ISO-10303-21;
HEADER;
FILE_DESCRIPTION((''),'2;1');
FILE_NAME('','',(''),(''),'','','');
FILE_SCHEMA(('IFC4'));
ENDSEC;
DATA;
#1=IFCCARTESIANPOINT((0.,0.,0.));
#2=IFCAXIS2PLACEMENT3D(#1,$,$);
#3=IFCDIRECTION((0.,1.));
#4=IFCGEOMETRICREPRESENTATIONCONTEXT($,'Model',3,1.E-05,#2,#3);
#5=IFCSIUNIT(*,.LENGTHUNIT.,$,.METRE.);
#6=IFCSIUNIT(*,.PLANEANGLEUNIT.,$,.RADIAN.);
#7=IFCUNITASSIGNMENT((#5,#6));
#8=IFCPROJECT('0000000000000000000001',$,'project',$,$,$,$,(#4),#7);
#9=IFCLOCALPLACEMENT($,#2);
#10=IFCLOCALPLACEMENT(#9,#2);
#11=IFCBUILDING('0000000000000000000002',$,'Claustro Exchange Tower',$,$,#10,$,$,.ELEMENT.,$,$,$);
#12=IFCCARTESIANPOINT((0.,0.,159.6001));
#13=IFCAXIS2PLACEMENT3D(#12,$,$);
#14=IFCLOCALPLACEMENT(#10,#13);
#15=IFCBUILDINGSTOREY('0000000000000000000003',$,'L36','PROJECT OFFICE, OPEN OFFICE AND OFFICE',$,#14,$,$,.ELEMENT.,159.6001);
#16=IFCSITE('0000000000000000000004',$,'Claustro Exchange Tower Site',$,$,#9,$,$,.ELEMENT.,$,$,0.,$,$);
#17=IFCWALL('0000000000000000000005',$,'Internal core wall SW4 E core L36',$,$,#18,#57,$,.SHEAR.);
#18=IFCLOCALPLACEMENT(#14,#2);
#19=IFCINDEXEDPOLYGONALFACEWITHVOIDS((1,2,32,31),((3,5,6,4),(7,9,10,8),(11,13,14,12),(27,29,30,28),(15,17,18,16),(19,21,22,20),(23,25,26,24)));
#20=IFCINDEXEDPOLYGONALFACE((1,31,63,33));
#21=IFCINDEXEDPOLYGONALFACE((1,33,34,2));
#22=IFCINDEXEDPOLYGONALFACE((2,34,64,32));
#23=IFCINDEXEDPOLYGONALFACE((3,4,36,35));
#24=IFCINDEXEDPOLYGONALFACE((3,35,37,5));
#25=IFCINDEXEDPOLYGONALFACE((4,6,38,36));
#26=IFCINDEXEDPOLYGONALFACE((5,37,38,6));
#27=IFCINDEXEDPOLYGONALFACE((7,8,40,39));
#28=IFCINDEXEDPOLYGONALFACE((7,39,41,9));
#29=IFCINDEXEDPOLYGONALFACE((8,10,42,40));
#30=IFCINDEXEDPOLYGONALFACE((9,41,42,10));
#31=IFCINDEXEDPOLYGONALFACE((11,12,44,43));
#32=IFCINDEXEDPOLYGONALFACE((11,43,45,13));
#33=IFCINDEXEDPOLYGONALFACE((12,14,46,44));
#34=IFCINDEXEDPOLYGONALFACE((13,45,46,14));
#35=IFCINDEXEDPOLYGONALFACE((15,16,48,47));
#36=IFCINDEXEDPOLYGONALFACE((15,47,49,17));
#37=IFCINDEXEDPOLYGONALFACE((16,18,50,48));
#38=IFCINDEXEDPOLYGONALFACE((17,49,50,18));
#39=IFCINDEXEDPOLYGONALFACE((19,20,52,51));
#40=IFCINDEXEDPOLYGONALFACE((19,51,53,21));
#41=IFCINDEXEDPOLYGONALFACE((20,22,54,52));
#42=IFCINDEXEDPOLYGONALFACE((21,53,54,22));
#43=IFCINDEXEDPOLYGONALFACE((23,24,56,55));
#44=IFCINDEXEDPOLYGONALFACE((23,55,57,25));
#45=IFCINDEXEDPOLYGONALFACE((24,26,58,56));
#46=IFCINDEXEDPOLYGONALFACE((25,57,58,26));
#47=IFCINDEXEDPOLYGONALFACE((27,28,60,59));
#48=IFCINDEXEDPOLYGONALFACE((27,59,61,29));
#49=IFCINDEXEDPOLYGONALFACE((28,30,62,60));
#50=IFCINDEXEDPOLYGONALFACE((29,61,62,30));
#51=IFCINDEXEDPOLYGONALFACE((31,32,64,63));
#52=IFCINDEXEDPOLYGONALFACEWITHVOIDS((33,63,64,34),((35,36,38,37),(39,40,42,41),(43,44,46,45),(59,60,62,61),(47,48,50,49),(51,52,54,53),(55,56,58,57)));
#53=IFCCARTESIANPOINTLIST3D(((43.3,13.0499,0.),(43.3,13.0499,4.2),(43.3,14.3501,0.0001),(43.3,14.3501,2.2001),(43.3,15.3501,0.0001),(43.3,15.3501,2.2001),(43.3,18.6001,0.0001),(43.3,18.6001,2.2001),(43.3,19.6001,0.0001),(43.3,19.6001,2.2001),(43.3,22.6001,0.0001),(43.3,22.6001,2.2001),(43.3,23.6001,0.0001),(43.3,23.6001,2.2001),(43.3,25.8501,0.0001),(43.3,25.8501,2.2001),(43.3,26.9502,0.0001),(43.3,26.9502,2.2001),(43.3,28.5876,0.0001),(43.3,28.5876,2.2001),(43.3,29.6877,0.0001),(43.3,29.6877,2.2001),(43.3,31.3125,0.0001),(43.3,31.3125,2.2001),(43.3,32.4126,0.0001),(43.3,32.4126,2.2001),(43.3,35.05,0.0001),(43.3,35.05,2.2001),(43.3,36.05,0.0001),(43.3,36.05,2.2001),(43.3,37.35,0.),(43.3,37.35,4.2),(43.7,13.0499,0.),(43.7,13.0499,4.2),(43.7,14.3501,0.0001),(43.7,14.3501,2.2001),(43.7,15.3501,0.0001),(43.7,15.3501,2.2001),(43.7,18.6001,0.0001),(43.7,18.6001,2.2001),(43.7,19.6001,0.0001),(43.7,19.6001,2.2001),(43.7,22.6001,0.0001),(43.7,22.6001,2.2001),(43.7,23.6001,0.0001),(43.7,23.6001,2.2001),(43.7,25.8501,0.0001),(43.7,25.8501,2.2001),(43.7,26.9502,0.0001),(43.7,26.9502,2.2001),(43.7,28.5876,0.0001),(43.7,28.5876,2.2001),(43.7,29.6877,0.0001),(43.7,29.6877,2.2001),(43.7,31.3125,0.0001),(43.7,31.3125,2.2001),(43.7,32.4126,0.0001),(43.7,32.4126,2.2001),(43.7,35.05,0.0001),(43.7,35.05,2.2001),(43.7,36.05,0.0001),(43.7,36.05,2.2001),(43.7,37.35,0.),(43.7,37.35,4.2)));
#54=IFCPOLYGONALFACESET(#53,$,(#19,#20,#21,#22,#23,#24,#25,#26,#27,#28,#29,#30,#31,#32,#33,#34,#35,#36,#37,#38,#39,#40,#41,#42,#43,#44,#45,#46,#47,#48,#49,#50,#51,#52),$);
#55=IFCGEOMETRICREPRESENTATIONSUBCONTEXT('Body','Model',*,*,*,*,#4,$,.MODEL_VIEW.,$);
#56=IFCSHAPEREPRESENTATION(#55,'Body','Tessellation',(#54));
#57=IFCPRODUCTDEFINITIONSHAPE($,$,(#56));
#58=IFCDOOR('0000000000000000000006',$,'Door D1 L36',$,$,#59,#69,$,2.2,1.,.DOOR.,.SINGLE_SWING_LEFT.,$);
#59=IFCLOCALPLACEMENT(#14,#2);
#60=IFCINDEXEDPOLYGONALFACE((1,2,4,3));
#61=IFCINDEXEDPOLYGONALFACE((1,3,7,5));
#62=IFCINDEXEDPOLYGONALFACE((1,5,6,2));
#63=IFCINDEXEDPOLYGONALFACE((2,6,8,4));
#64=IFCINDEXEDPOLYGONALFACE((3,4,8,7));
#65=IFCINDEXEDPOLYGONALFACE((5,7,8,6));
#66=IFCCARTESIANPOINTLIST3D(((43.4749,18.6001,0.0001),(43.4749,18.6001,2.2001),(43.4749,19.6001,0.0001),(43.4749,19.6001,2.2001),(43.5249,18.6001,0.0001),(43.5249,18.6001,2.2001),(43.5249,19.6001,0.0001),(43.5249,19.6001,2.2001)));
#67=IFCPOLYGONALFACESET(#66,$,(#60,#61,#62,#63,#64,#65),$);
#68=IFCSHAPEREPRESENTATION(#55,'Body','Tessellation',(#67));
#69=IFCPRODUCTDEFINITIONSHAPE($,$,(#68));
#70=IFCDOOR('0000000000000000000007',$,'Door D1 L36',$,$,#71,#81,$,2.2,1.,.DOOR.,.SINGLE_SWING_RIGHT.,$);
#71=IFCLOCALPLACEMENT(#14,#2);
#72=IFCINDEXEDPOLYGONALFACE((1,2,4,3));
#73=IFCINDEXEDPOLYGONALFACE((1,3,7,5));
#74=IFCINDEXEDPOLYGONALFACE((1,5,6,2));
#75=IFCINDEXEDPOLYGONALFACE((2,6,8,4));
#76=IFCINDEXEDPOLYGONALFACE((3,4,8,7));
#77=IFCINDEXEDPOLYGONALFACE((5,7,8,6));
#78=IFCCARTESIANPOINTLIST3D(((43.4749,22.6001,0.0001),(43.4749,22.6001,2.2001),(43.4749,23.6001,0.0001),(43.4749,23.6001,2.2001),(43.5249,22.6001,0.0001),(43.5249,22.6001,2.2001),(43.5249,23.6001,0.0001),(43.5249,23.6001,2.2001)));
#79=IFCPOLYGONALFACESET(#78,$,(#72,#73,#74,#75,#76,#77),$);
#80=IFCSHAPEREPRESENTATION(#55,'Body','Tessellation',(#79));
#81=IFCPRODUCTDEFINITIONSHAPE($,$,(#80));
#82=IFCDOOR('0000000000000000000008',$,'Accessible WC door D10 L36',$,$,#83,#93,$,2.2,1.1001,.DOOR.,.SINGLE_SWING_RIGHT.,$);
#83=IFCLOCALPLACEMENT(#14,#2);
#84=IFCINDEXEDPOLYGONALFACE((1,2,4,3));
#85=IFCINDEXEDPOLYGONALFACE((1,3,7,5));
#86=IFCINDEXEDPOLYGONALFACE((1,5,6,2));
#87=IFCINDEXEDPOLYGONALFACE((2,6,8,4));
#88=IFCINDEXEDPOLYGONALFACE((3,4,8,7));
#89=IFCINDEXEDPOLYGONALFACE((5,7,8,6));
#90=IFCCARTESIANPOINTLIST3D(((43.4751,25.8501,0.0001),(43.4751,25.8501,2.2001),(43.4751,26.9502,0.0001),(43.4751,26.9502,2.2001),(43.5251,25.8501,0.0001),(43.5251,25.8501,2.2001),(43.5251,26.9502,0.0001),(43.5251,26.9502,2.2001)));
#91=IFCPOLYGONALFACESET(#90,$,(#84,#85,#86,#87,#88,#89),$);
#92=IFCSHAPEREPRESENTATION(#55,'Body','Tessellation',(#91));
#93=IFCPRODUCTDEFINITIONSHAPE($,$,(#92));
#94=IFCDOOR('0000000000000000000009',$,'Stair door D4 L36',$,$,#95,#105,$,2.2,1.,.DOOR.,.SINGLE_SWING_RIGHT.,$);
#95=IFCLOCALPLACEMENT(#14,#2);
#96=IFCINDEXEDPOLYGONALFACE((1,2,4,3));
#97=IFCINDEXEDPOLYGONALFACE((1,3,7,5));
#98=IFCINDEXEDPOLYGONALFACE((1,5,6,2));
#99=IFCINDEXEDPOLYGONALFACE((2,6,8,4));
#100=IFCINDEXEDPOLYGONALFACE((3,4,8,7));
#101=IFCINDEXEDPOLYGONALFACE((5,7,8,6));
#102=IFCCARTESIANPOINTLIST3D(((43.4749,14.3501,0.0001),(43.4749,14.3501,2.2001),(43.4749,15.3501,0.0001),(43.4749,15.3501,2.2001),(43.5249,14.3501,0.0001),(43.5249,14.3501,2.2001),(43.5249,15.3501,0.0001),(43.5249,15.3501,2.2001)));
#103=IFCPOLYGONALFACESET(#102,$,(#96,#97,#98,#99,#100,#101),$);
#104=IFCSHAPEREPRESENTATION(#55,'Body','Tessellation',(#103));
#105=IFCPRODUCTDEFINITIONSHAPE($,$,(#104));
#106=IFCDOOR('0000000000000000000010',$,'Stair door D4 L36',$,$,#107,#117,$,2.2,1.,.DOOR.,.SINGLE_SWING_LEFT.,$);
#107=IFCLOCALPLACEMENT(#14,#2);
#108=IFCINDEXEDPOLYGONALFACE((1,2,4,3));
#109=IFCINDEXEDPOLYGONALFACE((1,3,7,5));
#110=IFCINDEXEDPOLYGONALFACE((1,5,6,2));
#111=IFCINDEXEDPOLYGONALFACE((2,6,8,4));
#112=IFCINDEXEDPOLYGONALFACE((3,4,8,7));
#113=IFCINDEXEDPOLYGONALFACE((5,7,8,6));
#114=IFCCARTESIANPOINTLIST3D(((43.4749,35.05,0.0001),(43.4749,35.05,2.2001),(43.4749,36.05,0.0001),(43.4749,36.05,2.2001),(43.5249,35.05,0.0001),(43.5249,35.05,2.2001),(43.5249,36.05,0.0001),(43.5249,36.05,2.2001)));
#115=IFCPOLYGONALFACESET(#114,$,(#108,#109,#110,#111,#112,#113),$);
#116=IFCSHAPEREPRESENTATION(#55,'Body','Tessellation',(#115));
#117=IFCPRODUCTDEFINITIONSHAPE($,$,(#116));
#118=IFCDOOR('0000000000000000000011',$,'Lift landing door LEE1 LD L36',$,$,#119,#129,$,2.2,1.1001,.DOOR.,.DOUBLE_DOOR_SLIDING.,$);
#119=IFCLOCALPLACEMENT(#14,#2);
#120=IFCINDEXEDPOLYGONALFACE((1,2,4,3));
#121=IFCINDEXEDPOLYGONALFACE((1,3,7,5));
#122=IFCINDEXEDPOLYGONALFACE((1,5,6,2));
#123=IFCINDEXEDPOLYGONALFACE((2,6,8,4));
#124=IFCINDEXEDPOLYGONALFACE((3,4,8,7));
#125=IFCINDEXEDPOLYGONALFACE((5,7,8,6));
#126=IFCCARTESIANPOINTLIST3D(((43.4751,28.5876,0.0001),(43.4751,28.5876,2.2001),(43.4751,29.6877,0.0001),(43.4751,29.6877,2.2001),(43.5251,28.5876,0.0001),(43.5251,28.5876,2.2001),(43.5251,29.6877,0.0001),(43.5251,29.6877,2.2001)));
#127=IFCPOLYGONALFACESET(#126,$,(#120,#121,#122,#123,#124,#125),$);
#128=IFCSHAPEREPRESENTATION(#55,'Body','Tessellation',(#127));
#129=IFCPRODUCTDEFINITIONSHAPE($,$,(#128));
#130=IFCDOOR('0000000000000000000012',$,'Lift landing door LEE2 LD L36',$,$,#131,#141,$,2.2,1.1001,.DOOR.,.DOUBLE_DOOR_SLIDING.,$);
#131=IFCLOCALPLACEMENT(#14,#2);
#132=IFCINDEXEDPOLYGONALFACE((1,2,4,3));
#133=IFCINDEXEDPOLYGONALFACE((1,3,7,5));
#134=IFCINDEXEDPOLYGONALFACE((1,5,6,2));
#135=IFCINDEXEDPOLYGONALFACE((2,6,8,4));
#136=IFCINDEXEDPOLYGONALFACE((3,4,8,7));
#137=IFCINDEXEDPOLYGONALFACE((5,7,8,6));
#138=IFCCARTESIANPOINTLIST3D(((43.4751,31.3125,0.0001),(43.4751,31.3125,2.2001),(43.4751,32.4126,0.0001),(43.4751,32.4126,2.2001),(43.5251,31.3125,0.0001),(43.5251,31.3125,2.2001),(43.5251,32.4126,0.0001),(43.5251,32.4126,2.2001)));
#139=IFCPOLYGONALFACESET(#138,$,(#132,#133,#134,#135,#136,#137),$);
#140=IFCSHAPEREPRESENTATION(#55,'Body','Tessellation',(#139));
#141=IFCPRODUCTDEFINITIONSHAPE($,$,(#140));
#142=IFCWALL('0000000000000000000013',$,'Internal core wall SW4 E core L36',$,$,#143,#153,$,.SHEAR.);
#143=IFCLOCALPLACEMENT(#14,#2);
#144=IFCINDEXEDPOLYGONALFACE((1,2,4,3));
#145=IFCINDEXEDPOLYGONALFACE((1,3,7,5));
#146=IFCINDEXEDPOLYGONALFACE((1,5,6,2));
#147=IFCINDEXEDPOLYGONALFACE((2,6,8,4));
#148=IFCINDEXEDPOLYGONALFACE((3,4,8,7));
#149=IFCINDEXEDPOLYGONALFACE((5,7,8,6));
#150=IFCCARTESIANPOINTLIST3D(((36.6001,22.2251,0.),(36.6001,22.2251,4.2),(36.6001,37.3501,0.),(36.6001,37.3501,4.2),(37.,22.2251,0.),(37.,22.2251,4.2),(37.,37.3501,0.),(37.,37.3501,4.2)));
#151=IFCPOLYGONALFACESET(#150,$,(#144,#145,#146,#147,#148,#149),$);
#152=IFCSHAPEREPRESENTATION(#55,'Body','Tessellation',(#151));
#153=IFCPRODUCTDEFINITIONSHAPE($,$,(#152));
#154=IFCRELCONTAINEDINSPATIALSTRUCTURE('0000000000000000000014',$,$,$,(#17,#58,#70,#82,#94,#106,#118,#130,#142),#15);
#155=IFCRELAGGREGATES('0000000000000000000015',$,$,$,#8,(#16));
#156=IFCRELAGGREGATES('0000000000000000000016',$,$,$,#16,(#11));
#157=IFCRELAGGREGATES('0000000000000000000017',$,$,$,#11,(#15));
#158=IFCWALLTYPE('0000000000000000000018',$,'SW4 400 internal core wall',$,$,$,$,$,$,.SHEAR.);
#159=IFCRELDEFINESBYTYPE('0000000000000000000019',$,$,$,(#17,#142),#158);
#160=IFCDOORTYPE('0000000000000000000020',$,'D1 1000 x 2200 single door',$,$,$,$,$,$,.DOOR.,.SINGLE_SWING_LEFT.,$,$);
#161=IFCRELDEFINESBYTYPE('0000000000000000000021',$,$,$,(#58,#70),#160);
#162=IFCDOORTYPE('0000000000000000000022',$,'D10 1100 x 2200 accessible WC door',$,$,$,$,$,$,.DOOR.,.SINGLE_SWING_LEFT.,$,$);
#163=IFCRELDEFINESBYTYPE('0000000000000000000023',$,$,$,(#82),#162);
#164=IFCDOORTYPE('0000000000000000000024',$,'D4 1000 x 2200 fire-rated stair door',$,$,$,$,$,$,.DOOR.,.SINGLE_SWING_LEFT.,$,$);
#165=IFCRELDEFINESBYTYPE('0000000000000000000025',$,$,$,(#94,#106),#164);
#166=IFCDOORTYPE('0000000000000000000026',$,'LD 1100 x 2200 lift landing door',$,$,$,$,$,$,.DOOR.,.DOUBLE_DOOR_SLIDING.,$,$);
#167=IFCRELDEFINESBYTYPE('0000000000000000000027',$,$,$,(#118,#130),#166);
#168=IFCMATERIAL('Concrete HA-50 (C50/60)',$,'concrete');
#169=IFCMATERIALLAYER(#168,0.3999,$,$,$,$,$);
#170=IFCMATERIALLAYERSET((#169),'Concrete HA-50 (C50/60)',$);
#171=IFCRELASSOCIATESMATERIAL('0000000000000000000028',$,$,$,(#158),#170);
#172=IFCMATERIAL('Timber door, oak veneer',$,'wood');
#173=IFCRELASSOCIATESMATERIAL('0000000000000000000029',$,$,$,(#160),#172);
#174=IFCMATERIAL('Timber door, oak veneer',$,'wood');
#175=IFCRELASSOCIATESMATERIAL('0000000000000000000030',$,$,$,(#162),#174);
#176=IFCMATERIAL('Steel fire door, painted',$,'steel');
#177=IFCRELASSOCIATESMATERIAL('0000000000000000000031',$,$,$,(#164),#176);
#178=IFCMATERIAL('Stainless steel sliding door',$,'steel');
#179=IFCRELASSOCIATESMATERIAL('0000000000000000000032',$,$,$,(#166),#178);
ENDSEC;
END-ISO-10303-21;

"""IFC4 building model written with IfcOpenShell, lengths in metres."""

from ifc_helpers import new_model, si_unit, direction, frame, frame_2d, origin, place, context, subcontext, project, spatial, rectangle, extrude, material, layer, layer_set, type_object, element, fill, save


model = new_model("IFC4")

# Units and contexts
model_context = context("Model", 3, precision=1e-05, world=origin(), true_north=direction((0.0, 1.0)))
body_context = subcontext(model_context, "Body", "Model", "MODEL_VIEW")
ifc_project = project(units=[si_unit("LENGTHUNIT", "METRE"), si_unit("PLANEANGLEUNIT", "RADIAN")], contexts=[model_context])

# Site, building, storey
site_placement = place(None, origin())
site = spatial("IfcSite", under=ifc_project, at=site_placement, Name="Claustro Exchange Tower Site", CompositionType="ELEMENT", RefElevation=0.0)
building_placement = place(site_placement, origin())
building = spatial("IfcBuilding", under=site, at=building_placement, Name="Claustro Exchange Tower", CompositionType="ELEMENT")
storey_placement = place(building_placement, frame((0.0, 0.0, 159.6001)))
storey = spatial("IfcBuildingStorey", under=building, at=storey_placement, Name="L36", Description="PROJECT OFFICE, OPEN OFFICE AND OFFICE", CompositionType="ELEMENT", Elevation=159.6001)

# Wall, openings, doors
ifc_material_1 = material(Name="Concrete HA-50 (C50/60)", Category="concrete")
ifc_layer_1 = layer(ifc_material_1, 0.3999)
ifc_layer_set_1 = layer_set([ifc_layer_1], Name="Concrete HA-50 (C50/60)")
wall_type_1 = type_object("IfcWallType", Name="SW4 400 internal core wall", PredefinedType="SHEAR", material=ifc_layer_set_1)
wall_1_placement = place(storey_placement, frame((43.5, 13.05, 0.0), z_axis=(0.0, 0.0, 1.0), x_axis=(0.0, 1.0, 0.0)))
wall_1 = element("IfcWall", 1, at=wall_1_placement, inside=storey, type_object=wall_type_1, Name="Internal core wall SW4 E core L36", PredefinedType="SHEAR", context=body_context, shape_type="SweptSolid", body=[
    extrude(rectangle(XDim=24.3, YDim=0.3999, at=frame_2d((12.1499, 0.0))), origin(), (0.0, 0.0, 1.0), 4.2),
])
opening_1_placement = place(wall_1_placement, frame((1.3, 0.0, 0.0)))
opening_1 = element("IfcOpeningElement", 2, at=opening_1_placement, cuts=wall_1, PredefinedType="OPENING", context=body_context, shape_type="SweptSolid", body=[
    extrude(rectangle(XDim=1.0, YDim=2.2, at=frame_2d((0.5, 1.1001))), frame((0.0, 0.21, 0.0), z_axis=(0.0, -1.0, 0.0), x_axis=(1.0, 0.0, 0.0)), (0.0, 0.0, 1.0), 0.4199),
])
opening_2_placement = place(wall_1_placement, frame((22.0, 0.0, 0.0)))
opening_2 = element("IfcOpeningElement", 3, at=opening_2_placement, cuts=wall_1, PredefinedType="OPENING", context=body_context, shape_type="SweptSolid", body=[
    extrude(rectangle(XDim=1.0, YDim=2.2, at=frame_2d((0.5, 1.1001))), frame((0.0, 0.21, 0.0), z_axis=(0.0, -1.0, 0.0), x_axis=(1.0, 0.0, 0.0)), (0.0, 0.0, 1.0), 0.4199),
])
opening_3_placement = place(wall_1_placement, frame((5.55, 0.0, 0.0)))
opening_3 = element("IfcOpeningElement", 4, at=opening_3_placement, cuts=wall_1, PredefinedType="OPENING", context=body_context, shape_type="SweptSolid", body=[
    extrude(rectangle(XDim=1.0, YDim=2.2, at=frame_2d((0.5, 1.1001))), frame((0.0, 0.21, 0.0), z_axis=(0.0, -1.0, 0.0), x_axis=(1.0, 0.0, 0.0)), (0.0, 0.0, 1.0), 0.4199),
])
opening_4_placement = place(wall_1_placement, frame((9.55, 0.0, 0.0)))
opening_4 = element("IfcOpeningElement", 5, at=opening_4_placement, cuts=wall_1, PredefinedType="OPENING", context=body_context, shape_type="SweptSolid", body=[
    extrude(rectangle(XDim=1.0, YDim=2.2, at=frame_2d((0.5, 1.1001))), frame((0.0, 0.21, 0.0), z_axis=(0.0, -1.0, 0.0), x_axis=(1.0, 0.0, 0.0)), (0.0, 0.0, 1.0), 0.4199),
])
opening_5_placement = place(wall_1_placement, frame((12.8, 0.0, 0.0)))
opening_5 = element("IfcOpeningElement", 6, at=opening_5_placement, cuts=wall_1, PredefinedType="OPENING", context=body_context, shape_type="SweptSolid", body=[
    extrude(rectangle(XDim=1.1001, YDim=2.2, at=frame_2d((0.55, 1.1001))), frame((0.0, 0.21, 0.0), z_axis=(0.0, -1.0, 0.0), x_axis=(1.0, 0.0, 0.0)), (0.0, 0.0, 1.0), 0.4199),
])
opening_6_placement = place(wall_1_placement, frame((15.5376, 0.0, 0.0)))
opening_6 = element("IfcOpeningElement", 7, at=opening_6_placement, cuts=wall_1, PredefinedType="OPENING", context=body_context, shape_type="SweptSolid", body=[
    extrude(rectangle(XDim=1.1001, YDim=2.2, at=frame_2d((0.55, 1.1001))), frame((0.0, 0.21, 0.0), z_axis=(0.0, -1.0, 0.0), x_axis=(1.0, 0.0, 0.0)), (0.0, 0.0, 1.0), 0.4199),
])
opening_7_placement = place(wall_1_placement, frame((18.2625, 0.0, 0.0)))
opening_7 = element("IfcOpeningElement", 8, at=opening_7_placement, cuts=wall_1, PredefinedType="OPENING", context=body_context, shape_type="SweptSolid", body=[
    extrude(rectangle(XDim=1.1001, YDim=2.2, at=frame_2d((0.55, 1.1001))), frame((0.0, 0.21, 0.0), z_axis=(0.0, -1.0, 0.0), x_axis=(1.0, 0.0, 0.0)), (0.0, 0.0, 1.0), 0.4199),
])
ifc_material_2 = material(Name="Timber door, oak veneer", Category="wood")
door_type_1 = type_object("IfcDoorType", Name="D1 1000 x 2200 single door", OperationType="SINGLE_SWING_LEFT", PredefinedType="DOOR", material=ifc_material_2)
door_1_placement = place(opening_3_placement, frame((1.0, 0.0, 0.0), z_axis=(0.0, 0.0, 1.0), x_axis=(-1.0, 0.0, 0.0)))
door_1 = element("IfcDoor", 9, at=door_1_placement, inside=storey, type_object=door_type_1, Name="Door D1 L36", OperationType="SINGLE_SWING_LEFT", OverallHeight=2.2, OverallWidth=1.0, PredefinedType="DOOR", context=body_context, shape_type="SweptSolid", body=[
    extrude(rectangle(XDim=1.0, YDim=2.2, at=frame_2d((0.5, 1.1001))), frame((0.0, 0.0249, 0.0), z_axis=(0.0, -1.0, 0.0), x_axis=(1.0, 0.0, 0.0)), (0.0, 0.0, 1.0), 0.05),
])
fill(opening_3, door_1)
door_2_placement = place(opening_4_placement, frame((1.0, 0.0, 0.0), z_axis=(0.0, 0.0, 1.0), x_axis=(-1.0, 0.0, 0.0)))
door_2 = element("IfcDoor", 10, at=door_2_placement, inside=storey, type_object=door_type_1, Name="Door D1 L36", OperationType="SINGLE_SWING_RIGHT", OverallHeight=2.2, OverallWidth=1.0, PredefinedType="DOOR", context=body_context, shape_type="SweptSolid", body=[
    extrude(rectangle(XDim=1.0, YDim=2.2, at=frame_2d((0.5, 1.1001))), frame((0.0, 0.0249, 0.0), z_axis=(0.0, -1.0, 0.0), x_axis=(1.0, 0.0, 0.0)), (0.0, 0.0, 1.0), 0.05),
])
fill(opening_4, door_2)
ifc_material_3 = material(Name="Timber door, oak veneer", Category="wood")
door_type_2 = type_object("IfcDoorType", Name="D10 1100 x 2200 accessible WC door", OperationType="SINGLE_SWING_LEFT", PredefinedType="DOOR", material=ifc_material_3)
door_3_placement = place(opening_5_placement, origin())
door_3 = element("IfcDoor", 11, at=door_3_placement, inside=storey, type_object=door_type_2, Name="Accessible WC door D10 L36", OperationType="SINGLE_SWING_RIGHT", OverallHeight=2.2, OverallWidth=1.1001, PredefinedType="DOOR", context=body_context, shape_type="SweptSolid", body=[
    extrude(rectangle(XDim=1.1001, YDim=2.2, at=frame_2d((0.55, 1.1001))), frame((0.0, 0.0249, 0.0), z_axis=(0.0, -1.0, 0.0), x_axis=(1.0, 0.0, 0.0)), (0.0, 0.0, 1.0), 0.05),
])
fill(opening_5, door_3)
ifc_material_4 = material(Name="Steel fire door, painted", Category="steel")
door_type_3 = type_object("IfcDoorType", Name="D4 1000 x 2200 fire-rated stair door", OperationType="SINGLE_SWING_LEFT", PredefinedType="DOOR", material=ifc_material_4)
door_4_placement = place(opening_1_placement, frame((1.0, 0.0, 0.0), z_axis=(0.0, 0.0, 1.0), x_axis=(-1.0, 0.0, 0.0)))
door_4 = element("IfcDoor", 12, at=door_4_placement, inside=storey, type_object=door_type_3, Name="Stair door D4 L36", OperationType="SINGLE_SWING_RIGHT", OverallHeight=2.2, OverallWidth=1.0, PredefinedType="DOOR", context=body_context, shape_type="SweptSolid", body=[
    extrude(rectangle(XDim=1.0, YDim=2.2, at=frame_2d((0.5, 1.1001))), frame((0.0, 0.0249, 0.0), z_axis=(0.0, -1.0, 0.0), x_axis=(1.0, 0.0, 0.0)), (0.0, 0.0, 1.0), 0.05),
])
fill(opening_1, door_4)
door_5_placement = place(opening_2_placement, frame((1.0, 0.0, 0.0), z_axis=(0.0, 0.0, 1.0), x_axis=(-1.0, 0.0, 0.0)))
door_5 = element("IfcDoor", 13, at=door_5_placement, inside=storey, type_object=door_type_3, Name="Stair door D4 L36", OperationType="SINGLE_SWING_LEFT", OverallHeight=2.2, OverallWidth=1.0, PredefinedType="DOOR", context=body_context, shape_type="SweptSolid", body=[
    extrude(rectangle(XDim=1.0, YDim=2.2, at=frame_2d((0.5, 1.1001))), frame((0.0, 0.0249, 0.0), z_axis=(0.0, -1.0, 0.0), x_axis=(1.0, 0.0, 0.0)), (0.0, 0.0, 1.0), 0.05),
])
fill(opening_2, door_5)
ifc_material_5 = material(Name="Stainless steel sliding door", Category="steel")
door_type_4 = type_object("IfcDoorType", Name="LD 1100 x 2200 lift landing door", OperationType="DOUBLE_DOOR_SLIDING", PredefinedType="DOOR", material=ifc_material_5)
door_6_placement = place(opening_6_placement, origin())
door_6 = element("IfcDoor", 14, at=door_6_placement, inside=storey, type_object=door_type_4, Name="Lift landing door LEE1 LD L36", OperationType="DOUBLE_DOOR_SLIDING", OverallHeight=2.2, OverallWidth=1.1001, PredefinedType="DOOR", context=body_context, shape_type="SweptSolid", body=[
    extrude(rectangle(XDim=1.1001, YDim=2.2, at=frame_2d((0.55, 1.1001))), frame((0.0, 0.0249, 0.0), z_axis=(0.0, -1.0, 0.0), x_axis=(1.0, 0.0, 0.0)), (0.0, 0.0, 1.0), 0.05),
])
fill(opening_6, door_6)
door_7_placement = place(opening_7_placement, origin())
door_7 = element("IfcDoor", 15, at=door_7_placement, inside=storey, type_object=door_type_4, Name="Lift landing door LEE2 LD L36", OperationType="DOUBLE_DOOR_SLIDING", OverallHeight=2.2, OverallWidth=1.1001, PredefinedType="DOOR", context=body_context, shape_type="SweptSolid", body=[
    extrude(rectangle(XDim=1.1001, YDim=2.2, at=frame_2d((0.55, 1.1001))), frame((0.0, 0.0249, 0.0), z_axis=(0.0, -1.0, 0.0), x_axis=(1.0, 0.0, 0.0)), (0.0, 0.0, 1.0), 0.05),
])
fill(opening_7, door_7)

# Wall
wall_2_placement = place(storey_placement, frame((36.8, 22.2251, 0.0), z_axis=(0.0, 0.0, 1.0), x_axis=(0.0, 1.0, 0.0)))
element("IfcWall", 16, at=wall_2_placement, inside=storey, type_object=wall_type_1, Name="Internal core wall SW4 E core L36", PredefinedType="SHEAR", context=body_context, shape_type="SweptSolid", body=[
    extrude(rectangle(XDim=15.125, YDim=0.3999, at=frame_2d((7.5625, 0.0))), origin(), (0.0, 0.0, 1.0), 4.2),
])

save(model, "model.ifc")
